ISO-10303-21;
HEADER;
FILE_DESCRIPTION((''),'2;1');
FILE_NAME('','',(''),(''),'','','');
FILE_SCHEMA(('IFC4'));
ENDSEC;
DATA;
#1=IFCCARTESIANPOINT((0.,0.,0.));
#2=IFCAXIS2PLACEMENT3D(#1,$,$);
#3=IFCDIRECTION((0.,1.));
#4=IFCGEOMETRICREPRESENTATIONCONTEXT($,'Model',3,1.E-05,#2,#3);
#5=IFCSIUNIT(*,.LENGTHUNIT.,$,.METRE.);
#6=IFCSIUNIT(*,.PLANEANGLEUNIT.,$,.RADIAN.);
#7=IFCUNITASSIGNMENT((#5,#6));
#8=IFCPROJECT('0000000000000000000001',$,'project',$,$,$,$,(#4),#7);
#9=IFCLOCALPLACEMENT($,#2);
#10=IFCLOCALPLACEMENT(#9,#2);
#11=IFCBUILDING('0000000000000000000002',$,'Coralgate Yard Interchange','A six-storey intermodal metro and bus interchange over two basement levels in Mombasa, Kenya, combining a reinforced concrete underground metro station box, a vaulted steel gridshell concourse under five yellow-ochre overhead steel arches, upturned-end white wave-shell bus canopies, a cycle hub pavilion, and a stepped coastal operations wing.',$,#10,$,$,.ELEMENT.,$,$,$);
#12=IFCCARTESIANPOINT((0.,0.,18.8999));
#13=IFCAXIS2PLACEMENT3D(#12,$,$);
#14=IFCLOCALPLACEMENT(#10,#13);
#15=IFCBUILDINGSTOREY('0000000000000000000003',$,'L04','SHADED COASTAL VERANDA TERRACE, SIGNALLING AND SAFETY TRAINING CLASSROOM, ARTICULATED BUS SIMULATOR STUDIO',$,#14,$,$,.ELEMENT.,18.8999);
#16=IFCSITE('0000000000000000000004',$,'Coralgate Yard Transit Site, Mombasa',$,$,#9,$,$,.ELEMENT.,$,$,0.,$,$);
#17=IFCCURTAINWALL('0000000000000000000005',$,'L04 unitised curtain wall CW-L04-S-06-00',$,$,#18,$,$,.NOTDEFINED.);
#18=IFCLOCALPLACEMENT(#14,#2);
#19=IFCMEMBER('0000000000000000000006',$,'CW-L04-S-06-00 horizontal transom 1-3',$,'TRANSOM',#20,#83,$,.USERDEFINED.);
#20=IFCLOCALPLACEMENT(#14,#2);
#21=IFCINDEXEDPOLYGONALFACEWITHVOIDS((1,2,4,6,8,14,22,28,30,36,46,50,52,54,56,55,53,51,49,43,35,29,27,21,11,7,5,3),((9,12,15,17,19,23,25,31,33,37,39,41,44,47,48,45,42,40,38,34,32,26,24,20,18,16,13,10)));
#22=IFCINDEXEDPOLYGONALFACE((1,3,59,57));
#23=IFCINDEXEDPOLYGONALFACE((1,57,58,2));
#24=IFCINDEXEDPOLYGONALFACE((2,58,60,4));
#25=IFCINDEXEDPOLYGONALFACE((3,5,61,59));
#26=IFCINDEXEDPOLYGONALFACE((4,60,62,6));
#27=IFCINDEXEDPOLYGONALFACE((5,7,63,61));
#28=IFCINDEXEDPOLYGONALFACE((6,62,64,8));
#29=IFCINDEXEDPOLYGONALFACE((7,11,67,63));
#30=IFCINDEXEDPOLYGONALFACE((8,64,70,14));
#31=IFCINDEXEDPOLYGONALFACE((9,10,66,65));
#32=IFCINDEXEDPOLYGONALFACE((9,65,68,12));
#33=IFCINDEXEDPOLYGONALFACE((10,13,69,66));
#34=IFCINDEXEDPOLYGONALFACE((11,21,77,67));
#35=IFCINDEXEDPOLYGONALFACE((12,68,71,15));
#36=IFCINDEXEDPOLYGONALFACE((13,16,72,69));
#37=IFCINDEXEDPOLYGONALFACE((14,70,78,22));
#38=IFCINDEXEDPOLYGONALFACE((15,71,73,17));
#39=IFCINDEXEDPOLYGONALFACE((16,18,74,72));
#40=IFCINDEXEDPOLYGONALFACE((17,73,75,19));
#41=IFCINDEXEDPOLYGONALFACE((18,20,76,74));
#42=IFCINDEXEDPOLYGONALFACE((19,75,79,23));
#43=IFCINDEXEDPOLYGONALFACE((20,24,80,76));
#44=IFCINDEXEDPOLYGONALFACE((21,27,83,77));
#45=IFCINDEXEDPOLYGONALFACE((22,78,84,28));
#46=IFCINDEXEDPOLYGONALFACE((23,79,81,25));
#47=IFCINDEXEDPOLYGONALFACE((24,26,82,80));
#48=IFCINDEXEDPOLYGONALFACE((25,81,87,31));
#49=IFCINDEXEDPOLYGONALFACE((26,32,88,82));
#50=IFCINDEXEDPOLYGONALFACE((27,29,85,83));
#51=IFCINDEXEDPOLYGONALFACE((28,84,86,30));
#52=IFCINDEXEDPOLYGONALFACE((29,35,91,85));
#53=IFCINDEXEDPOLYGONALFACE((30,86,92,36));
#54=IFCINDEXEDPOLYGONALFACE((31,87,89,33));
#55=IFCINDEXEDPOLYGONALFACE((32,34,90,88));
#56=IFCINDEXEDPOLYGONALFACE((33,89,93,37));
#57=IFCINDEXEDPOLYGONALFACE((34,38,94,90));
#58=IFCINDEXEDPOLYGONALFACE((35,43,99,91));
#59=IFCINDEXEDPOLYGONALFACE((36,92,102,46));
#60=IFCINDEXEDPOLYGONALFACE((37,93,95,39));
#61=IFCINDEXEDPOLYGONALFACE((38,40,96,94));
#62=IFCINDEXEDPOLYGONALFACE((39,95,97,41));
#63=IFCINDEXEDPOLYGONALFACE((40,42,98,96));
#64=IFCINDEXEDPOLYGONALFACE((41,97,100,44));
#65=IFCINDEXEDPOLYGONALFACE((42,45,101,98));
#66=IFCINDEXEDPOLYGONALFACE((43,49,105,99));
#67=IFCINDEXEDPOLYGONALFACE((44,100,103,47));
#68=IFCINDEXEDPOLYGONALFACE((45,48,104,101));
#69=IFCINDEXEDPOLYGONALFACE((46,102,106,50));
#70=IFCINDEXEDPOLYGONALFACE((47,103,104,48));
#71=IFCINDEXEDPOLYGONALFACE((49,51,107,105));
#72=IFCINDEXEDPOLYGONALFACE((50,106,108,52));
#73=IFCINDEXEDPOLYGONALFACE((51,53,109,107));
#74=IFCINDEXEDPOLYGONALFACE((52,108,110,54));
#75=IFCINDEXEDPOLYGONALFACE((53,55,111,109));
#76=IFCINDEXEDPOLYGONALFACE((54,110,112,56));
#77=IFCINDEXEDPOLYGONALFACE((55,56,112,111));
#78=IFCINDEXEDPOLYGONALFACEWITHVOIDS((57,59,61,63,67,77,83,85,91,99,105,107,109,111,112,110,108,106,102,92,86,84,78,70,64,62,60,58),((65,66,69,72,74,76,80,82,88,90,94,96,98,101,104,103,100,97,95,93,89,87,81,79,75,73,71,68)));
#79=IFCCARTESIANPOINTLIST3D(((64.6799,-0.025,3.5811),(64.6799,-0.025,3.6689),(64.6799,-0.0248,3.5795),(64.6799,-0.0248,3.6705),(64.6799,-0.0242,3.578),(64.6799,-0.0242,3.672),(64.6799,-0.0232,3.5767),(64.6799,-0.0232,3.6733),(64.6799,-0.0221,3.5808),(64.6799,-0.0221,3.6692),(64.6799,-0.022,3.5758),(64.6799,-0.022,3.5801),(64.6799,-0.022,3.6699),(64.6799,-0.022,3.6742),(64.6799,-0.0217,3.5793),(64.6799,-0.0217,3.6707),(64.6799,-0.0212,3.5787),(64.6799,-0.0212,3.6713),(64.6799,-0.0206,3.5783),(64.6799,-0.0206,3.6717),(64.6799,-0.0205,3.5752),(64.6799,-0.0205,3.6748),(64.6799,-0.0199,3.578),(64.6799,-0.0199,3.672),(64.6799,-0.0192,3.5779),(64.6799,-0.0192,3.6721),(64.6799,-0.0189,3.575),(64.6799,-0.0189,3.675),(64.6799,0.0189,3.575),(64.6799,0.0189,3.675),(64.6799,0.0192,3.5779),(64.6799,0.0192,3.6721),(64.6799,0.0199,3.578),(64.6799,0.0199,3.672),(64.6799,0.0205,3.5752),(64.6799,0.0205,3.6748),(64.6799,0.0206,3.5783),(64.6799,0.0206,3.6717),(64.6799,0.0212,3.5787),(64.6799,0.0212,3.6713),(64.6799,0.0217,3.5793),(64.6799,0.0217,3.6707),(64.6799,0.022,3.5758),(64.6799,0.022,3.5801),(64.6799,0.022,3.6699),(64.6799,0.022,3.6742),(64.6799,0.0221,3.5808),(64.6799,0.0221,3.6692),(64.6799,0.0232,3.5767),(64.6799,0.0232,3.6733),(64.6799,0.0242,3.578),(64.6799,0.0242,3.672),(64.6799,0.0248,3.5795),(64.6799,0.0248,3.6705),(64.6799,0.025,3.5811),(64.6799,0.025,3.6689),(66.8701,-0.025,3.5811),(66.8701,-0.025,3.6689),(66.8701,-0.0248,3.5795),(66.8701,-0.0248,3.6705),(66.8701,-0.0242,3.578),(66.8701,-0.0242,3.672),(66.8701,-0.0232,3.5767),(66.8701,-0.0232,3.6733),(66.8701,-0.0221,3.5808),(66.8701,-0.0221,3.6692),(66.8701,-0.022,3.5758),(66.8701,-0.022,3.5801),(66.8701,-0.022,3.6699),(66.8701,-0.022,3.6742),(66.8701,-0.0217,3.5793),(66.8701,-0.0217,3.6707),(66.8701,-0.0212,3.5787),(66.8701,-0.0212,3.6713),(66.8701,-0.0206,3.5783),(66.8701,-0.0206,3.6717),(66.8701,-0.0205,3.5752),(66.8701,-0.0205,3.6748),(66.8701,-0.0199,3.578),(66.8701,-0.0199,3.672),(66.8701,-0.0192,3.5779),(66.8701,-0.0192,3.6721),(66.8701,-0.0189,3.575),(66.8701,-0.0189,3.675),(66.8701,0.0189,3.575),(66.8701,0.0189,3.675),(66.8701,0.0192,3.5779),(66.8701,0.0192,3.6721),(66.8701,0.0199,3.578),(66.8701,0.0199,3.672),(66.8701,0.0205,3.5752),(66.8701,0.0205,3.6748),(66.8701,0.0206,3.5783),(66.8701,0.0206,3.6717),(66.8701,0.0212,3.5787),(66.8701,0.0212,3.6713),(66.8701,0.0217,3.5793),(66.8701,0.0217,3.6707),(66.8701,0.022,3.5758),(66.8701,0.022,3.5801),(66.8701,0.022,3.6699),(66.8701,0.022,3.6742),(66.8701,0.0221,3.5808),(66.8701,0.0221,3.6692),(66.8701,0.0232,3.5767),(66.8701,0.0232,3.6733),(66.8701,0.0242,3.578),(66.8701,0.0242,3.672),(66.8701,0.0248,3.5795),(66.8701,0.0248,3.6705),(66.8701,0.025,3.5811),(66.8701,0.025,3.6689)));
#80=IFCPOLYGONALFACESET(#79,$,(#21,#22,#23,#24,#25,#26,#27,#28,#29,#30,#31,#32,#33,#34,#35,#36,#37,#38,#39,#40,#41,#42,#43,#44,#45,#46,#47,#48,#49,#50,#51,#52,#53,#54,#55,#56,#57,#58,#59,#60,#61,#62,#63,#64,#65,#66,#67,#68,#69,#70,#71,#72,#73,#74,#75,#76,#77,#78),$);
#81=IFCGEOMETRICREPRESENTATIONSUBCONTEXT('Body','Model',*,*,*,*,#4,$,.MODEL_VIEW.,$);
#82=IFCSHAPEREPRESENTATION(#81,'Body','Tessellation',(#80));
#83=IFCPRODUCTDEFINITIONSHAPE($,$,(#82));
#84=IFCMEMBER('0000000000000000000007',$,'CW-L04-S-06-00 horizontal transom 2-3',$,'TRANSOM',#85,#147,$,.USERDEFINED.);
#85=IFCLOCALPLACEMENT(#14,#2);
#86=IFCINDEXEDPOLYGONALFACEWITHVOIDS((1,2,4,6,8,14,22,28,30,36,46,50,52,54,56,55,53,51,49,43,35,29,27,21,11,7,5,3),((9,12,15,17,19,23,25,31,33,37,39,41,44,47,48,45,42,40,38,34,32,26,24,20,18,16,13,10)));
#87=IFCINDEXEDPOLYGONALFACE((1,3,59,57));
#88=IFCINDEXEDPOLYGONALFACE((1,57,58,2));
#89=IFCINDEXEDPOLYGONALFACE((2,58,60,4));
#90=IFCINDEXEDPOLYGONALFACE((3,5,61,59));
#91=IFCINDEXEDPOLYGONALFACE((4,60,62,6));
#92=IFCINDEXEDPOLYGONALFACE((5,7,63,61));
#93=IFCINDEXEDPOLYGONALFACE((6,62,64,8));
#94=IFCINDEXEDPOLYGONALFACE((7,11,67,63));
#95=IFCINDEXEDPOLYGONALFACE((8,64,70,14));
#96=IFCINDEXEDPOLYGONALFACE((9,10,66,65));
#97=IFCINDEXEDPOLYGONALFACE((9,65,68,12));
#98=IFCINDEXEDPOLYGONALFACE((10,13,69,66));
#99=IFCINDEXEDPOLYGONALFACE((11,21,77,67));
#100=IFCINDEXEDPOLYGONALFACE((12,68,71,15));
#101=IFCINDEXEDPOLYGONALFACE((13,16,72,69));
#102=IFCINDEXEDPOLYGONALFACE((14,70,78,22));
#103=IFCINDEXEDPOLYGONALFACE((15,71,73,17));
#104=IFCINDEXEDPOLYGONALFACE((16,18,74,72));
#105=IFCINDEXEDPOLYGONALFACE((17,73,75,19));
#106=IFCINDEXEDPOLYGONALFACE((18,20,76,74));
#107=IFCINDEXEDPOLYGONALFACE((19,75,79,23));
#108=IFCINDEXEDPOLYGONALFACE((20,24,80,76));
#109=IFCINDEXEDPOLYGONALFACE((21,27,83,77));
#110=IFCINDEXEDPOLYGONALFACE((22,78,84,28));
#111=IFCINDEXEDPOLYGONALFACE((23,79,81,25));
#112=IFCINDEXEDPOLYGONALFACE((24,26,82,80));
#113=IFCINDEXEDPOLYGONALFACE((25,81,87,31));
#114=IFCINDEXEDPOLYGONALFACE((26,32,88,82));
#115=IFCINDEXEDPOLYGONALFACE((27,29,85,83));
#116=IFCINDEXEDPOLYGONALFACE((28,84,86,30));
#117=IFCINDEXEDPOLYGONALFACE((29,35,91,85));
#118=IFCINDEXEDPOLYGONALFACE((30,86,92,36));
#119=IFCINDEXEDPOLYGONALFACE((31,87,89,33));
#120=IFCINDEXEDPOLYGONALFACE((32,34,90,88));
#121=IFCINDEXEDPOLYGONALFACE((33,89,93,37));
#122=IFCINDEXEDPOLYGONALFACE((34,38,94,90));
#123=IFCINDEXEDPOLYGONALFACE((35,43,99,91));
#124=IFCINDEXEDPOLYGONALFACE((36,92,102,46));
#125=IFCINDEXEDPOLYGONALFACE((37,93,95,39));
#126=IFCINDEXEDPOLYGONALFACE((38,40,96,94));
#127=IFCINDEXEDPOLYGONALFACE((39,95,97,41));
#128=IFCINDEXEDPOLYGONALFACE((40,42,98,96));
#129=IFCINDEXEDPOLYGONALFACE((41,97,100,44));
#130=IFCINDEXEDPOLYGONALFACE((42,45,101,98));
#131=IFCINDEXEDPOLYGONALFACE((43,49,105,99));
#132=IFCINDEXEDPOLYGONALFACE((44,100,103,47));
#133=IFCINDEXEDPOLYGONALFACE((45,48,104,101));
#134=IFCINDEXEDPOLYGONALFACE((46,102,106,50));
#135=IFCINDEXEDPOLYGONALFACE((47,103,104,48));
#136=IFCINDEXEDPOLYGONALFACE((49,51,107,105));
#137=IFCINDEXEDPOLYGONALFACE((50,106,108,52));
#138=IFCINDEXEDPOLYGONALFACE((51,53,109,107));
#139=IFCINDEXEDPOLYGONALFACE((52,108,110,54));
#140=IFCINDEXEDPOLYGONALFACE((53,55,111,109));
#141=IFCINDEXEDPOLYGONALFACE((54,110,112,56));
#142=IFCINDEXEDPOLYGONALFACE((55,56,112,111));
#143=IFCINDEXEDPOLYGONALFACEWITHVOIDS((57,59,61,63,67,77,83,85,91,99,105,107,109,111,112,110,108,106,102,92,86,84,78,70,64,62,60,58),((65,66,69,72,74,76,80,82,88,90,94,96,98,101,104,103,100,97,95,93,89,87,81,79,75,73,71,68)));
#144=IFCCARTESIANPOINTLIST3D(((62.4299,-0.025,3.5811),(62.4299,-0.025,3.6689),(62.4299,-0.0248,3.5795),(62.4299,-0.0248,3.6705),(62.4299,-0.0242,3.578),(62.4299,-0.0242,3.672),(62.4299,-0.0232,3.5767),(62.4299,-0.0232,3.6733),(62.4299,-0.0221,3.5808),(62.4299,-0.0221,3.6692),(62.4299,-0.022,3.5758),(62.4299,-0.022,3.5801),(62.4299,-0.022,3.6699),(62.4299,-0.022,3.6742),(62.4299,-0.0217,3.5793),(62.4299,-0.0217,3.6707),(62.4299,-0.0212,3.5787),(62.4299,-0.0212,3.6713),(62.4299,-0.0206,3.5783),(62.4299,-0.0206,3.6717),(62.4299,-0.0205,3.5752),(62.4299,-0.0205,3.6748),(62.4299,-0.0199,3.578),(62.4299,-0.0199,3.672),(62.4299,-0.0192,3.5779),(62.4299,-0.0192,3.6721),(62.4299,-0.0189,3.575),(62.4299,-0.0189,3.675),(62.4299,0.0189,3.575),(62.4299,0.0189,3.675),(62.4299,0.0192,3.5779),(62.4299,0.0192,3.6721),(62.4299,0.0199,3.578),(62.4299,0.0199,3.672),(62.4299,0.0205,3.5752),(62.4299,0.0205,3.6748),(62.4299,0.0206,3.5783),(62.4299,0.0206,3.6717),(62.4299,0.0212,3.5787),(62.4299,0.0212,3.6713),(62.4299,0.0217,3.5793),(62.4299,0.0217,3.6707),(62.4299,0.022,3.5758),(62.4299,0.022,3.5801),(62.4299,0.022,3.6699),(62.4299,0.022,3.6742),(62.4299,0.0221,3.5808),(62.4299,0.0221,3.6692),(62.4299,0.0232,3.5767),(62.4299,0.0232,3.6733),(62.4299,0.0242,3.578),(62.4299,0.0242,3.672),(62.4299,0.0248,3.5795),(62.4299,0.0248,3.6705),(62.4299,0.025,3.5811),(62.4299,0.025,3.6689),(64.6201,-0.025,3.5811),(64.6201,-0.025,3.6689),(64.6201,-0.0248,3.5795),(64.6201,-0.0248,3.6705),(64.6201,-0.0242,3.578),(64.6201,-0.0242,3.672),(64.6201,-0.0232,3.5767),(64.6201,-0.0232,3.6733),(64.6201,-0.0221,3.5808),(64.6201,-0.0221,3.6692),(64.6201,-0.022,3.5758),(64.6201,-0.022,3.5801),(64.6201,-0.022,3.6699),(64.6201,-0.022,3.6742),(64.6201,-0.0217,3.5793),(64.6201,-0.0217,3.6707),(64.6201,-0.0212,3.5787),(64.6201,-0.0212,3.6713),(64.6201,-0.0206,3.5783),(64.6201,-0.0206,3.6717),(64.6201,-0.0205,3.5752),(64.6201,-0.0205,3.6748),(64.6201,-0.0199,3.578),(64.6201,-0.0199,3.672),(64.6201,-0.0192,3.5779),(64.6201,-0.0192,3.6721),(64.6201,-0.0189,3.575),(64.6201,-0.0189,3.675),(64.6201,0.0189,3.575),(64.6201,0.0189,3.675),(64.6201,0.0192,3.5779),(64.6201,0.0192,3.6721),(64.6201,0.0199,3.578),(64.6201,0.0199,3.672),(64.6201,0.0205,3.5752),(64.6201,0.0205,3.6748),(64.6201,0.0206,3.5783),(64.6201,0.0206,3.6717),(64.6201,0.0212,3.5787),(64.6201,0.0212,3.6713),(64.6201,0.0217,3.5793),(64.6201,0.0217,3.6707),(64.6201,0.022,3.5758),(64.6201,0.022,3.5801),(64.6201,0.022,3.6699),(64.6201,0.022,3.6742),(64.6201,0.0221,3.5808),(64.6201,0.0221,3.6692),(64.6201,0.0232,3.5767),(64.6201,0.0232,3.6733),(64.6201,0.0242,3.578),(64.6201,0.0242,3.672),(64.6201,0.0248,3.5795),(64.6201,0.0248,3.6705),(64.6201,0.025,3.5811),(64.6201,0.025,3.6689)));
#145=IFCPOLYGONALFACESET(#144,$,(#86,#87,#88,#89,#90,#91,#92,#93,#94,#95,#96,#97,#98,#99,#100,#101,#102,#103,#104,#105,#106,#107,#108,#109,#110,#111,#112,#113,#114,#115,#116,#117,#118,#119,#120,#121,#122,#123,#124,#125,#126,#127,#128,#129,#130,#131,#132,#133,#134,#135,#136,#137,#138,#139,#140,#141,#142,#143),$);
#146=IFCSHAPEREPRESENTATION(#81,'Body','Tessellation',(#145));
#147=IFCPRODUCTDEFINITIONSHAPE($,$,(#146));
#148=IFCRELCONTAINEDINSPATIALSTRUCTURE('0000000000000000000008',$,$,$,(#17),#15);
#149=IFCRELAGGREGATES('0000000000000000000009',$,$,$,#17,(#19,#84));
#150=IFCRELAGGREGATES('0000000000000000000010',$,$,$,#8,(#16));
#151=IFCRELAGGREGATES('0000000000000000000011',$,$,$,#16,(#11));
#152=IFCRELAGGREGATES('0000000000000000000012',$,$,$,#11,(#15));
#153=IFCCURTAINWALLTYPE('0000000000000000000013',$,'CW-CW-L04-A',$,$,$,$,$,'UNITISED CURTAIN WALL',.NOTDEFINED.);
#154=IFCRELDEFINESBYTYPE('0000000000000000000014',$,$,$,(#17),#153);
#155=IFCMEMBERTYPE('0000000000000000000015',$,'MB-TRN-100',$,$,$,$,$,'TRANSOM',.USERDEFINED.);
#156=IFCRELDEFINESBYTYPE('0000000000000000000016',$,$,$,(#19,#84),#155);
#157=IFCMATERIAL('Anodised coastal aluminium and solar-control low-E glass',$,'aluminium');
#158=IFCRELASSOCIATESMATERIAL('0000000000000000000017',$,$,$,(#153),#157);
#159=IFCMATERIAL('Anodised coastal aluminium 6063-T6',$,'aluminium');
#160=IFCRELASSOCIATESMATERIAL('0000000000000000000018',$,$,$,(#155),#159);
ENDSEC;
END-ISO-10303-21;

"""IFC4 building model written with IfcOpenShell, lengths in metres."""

from ifc_helpers import new_model, si_unit, direction, frame, origin, origin_2d, place, context, subcontext, project, spatial, hollow_rectangle, extrude, material, material_profile, profile_set, type_object, element, aggregate, save


model = new_model("IFC4")

# Units and contexts
model_context = context("Model", 3, precision=1e-05, world=origin(), true_north=direction((0.0, 1.0)))
body_context = subcontext(model_context, "Body", "Model", "MODEL_VIEW")
ifc_project = project(units=[si_unit("LENGTHUNIT", "METRE"), si_unit("PLANEANGLEUNIT", "RADIAN")], contexts=[model_context])

# Site, building, storey
site_placement = place(None, origin())
site = spatial("IfcSite", under=ifc_project, at=site_placement, Name="Coralgate Yard Transit Site, Mombasa", CompositionType="ELEMENT", RefElevation=0.0)
building_placement = place(site_placement, origin())
building = spatial("IfcBuilding", under=site, at=building_placement, Name="Coralgate Yard Interchange", Description="A six-storey intermodal metro and bus interchange over two basement levels in Mombasa, Kenya, combining a reinforced concrete underground metro station box, a vaulted steel gridshell concourse under five yellow-ochre overhead steel arches, upturned-end white wave-shell bus canopies, a cycle hub pavilion, and a stepped coastal operations wing.", CompositionType="ELEMENT")
storey_placement = place(building_placement, frame((0.0, 0.0, 18.8999)))
storey = spatial("IfcBuildingStorey", under=building, at=storey_placement, Name="L04", Description="SHADED COASTAL VERANDA TERRACE, SIGNALLING AND SAFETY TRAINING CLASSROOM, ARTICULATED BUS SIMULATOR STUDIO", CompositionType="ELEMENT", Elevation=18.8999)

# Curtain wall
ifc_material_1 = material(Name="Anodised coastal aluminium and solar-control low-E glass", Category="aluminium")
curtain_wall_type = type_object("IfcCurtainWallType", Name="CW-CW-L04-A", ElementType="UNITISED CURTAIN WALL", PredefinedType="NOTDEFINED", material=ifc_material_1)
curtain_wall_1_placement = place(storey_placement, origin())
curtain_wall_1 = element("IfcCurtainWall", 1, at=curtain_wall_1_placement, inside=storey, type_object=curtain_wall_type, Name="L04 unitised curtain wall CW-L04-S-06-00", PredefinedType="NOTDEFINED")
ifc_material_2 = material(Name="Anodised coastal aluminium 6063-T6", Category="aluminium")

# Members
ifc_material_profile_1 = material_profile(ifc_material_2, hollow_rectangle(XDim=0.05, YDim=0.1001, WallThickness=0.0029, InnerFilletRadius=0.0029, OuterFilletRadius=0.0061, at=origin_2d()), Name="ALU 50x100x3")
ifc_profile_set_1 = profile_set([ifc_material_profile_1], Name="Anodised coastal aluminium 6063-T6")
member_type_1 = type_object("IfcMemberType", Name="MB-TRN-100", ElementType="TRANSOM", PredefinedType="USERDEFINED", material=ifc_profile_set_1)
member_1_placement = place(storey_placement, frame((66.8701, 0.0, 3.625), z_axis=(-1.0, 0.0, 0.0), x_axis=(0.0, -1.0, 0.0)))
member_1 = element("IfcMember", 2, at=member_1_placement, type_object=member_type_1, Name="CW-L04-S-06-00 horizontal transom 1-3", ObjectType="TRANSOM", PredefinedType="USERDEFINED", context=body_context, shape_type="SweptSolid", body=[
    extrude(hollow_rectangle(XDim=0.05, YDim=0.1001, WallThickness=0.0029, InnerFilletRadius=0.0029, OuterFilletRadius=0.0061, at=origin_2d()), origin(), (0.0, 0.0, 1.0), 2.1902),
])
member_2_placement = place(storey_placement, frame((64.6201, 0.0, 3.625), z_axis=(-1.0, 0.0, 0.0), x_axis=(0.0, -1.0, 0.0)))
member_2 = element("IfcMember", 3, at=member_2_placement, type_object=member_type_1, Name="CW-L04-S-06-00 horizontal transom 2-3", ObjectType="TRANSOM", PredefinedType="USERDEFINED", context=body_context, shape_type="SweptSolid", body=[
    extrude(hollow_rectangle(XDim=0.05, YDim=0.1001, WallThickness=0.0029, InnerFilletRadius=0.0029, OuterFilletRadius=0.0061, at=origin_2d()), origin(), (0.0, 0.0, 1.0), 2.1902),
])

aggregate(curtain_wall_1, [member_1, member_2])

save(model, "model.ifc")
